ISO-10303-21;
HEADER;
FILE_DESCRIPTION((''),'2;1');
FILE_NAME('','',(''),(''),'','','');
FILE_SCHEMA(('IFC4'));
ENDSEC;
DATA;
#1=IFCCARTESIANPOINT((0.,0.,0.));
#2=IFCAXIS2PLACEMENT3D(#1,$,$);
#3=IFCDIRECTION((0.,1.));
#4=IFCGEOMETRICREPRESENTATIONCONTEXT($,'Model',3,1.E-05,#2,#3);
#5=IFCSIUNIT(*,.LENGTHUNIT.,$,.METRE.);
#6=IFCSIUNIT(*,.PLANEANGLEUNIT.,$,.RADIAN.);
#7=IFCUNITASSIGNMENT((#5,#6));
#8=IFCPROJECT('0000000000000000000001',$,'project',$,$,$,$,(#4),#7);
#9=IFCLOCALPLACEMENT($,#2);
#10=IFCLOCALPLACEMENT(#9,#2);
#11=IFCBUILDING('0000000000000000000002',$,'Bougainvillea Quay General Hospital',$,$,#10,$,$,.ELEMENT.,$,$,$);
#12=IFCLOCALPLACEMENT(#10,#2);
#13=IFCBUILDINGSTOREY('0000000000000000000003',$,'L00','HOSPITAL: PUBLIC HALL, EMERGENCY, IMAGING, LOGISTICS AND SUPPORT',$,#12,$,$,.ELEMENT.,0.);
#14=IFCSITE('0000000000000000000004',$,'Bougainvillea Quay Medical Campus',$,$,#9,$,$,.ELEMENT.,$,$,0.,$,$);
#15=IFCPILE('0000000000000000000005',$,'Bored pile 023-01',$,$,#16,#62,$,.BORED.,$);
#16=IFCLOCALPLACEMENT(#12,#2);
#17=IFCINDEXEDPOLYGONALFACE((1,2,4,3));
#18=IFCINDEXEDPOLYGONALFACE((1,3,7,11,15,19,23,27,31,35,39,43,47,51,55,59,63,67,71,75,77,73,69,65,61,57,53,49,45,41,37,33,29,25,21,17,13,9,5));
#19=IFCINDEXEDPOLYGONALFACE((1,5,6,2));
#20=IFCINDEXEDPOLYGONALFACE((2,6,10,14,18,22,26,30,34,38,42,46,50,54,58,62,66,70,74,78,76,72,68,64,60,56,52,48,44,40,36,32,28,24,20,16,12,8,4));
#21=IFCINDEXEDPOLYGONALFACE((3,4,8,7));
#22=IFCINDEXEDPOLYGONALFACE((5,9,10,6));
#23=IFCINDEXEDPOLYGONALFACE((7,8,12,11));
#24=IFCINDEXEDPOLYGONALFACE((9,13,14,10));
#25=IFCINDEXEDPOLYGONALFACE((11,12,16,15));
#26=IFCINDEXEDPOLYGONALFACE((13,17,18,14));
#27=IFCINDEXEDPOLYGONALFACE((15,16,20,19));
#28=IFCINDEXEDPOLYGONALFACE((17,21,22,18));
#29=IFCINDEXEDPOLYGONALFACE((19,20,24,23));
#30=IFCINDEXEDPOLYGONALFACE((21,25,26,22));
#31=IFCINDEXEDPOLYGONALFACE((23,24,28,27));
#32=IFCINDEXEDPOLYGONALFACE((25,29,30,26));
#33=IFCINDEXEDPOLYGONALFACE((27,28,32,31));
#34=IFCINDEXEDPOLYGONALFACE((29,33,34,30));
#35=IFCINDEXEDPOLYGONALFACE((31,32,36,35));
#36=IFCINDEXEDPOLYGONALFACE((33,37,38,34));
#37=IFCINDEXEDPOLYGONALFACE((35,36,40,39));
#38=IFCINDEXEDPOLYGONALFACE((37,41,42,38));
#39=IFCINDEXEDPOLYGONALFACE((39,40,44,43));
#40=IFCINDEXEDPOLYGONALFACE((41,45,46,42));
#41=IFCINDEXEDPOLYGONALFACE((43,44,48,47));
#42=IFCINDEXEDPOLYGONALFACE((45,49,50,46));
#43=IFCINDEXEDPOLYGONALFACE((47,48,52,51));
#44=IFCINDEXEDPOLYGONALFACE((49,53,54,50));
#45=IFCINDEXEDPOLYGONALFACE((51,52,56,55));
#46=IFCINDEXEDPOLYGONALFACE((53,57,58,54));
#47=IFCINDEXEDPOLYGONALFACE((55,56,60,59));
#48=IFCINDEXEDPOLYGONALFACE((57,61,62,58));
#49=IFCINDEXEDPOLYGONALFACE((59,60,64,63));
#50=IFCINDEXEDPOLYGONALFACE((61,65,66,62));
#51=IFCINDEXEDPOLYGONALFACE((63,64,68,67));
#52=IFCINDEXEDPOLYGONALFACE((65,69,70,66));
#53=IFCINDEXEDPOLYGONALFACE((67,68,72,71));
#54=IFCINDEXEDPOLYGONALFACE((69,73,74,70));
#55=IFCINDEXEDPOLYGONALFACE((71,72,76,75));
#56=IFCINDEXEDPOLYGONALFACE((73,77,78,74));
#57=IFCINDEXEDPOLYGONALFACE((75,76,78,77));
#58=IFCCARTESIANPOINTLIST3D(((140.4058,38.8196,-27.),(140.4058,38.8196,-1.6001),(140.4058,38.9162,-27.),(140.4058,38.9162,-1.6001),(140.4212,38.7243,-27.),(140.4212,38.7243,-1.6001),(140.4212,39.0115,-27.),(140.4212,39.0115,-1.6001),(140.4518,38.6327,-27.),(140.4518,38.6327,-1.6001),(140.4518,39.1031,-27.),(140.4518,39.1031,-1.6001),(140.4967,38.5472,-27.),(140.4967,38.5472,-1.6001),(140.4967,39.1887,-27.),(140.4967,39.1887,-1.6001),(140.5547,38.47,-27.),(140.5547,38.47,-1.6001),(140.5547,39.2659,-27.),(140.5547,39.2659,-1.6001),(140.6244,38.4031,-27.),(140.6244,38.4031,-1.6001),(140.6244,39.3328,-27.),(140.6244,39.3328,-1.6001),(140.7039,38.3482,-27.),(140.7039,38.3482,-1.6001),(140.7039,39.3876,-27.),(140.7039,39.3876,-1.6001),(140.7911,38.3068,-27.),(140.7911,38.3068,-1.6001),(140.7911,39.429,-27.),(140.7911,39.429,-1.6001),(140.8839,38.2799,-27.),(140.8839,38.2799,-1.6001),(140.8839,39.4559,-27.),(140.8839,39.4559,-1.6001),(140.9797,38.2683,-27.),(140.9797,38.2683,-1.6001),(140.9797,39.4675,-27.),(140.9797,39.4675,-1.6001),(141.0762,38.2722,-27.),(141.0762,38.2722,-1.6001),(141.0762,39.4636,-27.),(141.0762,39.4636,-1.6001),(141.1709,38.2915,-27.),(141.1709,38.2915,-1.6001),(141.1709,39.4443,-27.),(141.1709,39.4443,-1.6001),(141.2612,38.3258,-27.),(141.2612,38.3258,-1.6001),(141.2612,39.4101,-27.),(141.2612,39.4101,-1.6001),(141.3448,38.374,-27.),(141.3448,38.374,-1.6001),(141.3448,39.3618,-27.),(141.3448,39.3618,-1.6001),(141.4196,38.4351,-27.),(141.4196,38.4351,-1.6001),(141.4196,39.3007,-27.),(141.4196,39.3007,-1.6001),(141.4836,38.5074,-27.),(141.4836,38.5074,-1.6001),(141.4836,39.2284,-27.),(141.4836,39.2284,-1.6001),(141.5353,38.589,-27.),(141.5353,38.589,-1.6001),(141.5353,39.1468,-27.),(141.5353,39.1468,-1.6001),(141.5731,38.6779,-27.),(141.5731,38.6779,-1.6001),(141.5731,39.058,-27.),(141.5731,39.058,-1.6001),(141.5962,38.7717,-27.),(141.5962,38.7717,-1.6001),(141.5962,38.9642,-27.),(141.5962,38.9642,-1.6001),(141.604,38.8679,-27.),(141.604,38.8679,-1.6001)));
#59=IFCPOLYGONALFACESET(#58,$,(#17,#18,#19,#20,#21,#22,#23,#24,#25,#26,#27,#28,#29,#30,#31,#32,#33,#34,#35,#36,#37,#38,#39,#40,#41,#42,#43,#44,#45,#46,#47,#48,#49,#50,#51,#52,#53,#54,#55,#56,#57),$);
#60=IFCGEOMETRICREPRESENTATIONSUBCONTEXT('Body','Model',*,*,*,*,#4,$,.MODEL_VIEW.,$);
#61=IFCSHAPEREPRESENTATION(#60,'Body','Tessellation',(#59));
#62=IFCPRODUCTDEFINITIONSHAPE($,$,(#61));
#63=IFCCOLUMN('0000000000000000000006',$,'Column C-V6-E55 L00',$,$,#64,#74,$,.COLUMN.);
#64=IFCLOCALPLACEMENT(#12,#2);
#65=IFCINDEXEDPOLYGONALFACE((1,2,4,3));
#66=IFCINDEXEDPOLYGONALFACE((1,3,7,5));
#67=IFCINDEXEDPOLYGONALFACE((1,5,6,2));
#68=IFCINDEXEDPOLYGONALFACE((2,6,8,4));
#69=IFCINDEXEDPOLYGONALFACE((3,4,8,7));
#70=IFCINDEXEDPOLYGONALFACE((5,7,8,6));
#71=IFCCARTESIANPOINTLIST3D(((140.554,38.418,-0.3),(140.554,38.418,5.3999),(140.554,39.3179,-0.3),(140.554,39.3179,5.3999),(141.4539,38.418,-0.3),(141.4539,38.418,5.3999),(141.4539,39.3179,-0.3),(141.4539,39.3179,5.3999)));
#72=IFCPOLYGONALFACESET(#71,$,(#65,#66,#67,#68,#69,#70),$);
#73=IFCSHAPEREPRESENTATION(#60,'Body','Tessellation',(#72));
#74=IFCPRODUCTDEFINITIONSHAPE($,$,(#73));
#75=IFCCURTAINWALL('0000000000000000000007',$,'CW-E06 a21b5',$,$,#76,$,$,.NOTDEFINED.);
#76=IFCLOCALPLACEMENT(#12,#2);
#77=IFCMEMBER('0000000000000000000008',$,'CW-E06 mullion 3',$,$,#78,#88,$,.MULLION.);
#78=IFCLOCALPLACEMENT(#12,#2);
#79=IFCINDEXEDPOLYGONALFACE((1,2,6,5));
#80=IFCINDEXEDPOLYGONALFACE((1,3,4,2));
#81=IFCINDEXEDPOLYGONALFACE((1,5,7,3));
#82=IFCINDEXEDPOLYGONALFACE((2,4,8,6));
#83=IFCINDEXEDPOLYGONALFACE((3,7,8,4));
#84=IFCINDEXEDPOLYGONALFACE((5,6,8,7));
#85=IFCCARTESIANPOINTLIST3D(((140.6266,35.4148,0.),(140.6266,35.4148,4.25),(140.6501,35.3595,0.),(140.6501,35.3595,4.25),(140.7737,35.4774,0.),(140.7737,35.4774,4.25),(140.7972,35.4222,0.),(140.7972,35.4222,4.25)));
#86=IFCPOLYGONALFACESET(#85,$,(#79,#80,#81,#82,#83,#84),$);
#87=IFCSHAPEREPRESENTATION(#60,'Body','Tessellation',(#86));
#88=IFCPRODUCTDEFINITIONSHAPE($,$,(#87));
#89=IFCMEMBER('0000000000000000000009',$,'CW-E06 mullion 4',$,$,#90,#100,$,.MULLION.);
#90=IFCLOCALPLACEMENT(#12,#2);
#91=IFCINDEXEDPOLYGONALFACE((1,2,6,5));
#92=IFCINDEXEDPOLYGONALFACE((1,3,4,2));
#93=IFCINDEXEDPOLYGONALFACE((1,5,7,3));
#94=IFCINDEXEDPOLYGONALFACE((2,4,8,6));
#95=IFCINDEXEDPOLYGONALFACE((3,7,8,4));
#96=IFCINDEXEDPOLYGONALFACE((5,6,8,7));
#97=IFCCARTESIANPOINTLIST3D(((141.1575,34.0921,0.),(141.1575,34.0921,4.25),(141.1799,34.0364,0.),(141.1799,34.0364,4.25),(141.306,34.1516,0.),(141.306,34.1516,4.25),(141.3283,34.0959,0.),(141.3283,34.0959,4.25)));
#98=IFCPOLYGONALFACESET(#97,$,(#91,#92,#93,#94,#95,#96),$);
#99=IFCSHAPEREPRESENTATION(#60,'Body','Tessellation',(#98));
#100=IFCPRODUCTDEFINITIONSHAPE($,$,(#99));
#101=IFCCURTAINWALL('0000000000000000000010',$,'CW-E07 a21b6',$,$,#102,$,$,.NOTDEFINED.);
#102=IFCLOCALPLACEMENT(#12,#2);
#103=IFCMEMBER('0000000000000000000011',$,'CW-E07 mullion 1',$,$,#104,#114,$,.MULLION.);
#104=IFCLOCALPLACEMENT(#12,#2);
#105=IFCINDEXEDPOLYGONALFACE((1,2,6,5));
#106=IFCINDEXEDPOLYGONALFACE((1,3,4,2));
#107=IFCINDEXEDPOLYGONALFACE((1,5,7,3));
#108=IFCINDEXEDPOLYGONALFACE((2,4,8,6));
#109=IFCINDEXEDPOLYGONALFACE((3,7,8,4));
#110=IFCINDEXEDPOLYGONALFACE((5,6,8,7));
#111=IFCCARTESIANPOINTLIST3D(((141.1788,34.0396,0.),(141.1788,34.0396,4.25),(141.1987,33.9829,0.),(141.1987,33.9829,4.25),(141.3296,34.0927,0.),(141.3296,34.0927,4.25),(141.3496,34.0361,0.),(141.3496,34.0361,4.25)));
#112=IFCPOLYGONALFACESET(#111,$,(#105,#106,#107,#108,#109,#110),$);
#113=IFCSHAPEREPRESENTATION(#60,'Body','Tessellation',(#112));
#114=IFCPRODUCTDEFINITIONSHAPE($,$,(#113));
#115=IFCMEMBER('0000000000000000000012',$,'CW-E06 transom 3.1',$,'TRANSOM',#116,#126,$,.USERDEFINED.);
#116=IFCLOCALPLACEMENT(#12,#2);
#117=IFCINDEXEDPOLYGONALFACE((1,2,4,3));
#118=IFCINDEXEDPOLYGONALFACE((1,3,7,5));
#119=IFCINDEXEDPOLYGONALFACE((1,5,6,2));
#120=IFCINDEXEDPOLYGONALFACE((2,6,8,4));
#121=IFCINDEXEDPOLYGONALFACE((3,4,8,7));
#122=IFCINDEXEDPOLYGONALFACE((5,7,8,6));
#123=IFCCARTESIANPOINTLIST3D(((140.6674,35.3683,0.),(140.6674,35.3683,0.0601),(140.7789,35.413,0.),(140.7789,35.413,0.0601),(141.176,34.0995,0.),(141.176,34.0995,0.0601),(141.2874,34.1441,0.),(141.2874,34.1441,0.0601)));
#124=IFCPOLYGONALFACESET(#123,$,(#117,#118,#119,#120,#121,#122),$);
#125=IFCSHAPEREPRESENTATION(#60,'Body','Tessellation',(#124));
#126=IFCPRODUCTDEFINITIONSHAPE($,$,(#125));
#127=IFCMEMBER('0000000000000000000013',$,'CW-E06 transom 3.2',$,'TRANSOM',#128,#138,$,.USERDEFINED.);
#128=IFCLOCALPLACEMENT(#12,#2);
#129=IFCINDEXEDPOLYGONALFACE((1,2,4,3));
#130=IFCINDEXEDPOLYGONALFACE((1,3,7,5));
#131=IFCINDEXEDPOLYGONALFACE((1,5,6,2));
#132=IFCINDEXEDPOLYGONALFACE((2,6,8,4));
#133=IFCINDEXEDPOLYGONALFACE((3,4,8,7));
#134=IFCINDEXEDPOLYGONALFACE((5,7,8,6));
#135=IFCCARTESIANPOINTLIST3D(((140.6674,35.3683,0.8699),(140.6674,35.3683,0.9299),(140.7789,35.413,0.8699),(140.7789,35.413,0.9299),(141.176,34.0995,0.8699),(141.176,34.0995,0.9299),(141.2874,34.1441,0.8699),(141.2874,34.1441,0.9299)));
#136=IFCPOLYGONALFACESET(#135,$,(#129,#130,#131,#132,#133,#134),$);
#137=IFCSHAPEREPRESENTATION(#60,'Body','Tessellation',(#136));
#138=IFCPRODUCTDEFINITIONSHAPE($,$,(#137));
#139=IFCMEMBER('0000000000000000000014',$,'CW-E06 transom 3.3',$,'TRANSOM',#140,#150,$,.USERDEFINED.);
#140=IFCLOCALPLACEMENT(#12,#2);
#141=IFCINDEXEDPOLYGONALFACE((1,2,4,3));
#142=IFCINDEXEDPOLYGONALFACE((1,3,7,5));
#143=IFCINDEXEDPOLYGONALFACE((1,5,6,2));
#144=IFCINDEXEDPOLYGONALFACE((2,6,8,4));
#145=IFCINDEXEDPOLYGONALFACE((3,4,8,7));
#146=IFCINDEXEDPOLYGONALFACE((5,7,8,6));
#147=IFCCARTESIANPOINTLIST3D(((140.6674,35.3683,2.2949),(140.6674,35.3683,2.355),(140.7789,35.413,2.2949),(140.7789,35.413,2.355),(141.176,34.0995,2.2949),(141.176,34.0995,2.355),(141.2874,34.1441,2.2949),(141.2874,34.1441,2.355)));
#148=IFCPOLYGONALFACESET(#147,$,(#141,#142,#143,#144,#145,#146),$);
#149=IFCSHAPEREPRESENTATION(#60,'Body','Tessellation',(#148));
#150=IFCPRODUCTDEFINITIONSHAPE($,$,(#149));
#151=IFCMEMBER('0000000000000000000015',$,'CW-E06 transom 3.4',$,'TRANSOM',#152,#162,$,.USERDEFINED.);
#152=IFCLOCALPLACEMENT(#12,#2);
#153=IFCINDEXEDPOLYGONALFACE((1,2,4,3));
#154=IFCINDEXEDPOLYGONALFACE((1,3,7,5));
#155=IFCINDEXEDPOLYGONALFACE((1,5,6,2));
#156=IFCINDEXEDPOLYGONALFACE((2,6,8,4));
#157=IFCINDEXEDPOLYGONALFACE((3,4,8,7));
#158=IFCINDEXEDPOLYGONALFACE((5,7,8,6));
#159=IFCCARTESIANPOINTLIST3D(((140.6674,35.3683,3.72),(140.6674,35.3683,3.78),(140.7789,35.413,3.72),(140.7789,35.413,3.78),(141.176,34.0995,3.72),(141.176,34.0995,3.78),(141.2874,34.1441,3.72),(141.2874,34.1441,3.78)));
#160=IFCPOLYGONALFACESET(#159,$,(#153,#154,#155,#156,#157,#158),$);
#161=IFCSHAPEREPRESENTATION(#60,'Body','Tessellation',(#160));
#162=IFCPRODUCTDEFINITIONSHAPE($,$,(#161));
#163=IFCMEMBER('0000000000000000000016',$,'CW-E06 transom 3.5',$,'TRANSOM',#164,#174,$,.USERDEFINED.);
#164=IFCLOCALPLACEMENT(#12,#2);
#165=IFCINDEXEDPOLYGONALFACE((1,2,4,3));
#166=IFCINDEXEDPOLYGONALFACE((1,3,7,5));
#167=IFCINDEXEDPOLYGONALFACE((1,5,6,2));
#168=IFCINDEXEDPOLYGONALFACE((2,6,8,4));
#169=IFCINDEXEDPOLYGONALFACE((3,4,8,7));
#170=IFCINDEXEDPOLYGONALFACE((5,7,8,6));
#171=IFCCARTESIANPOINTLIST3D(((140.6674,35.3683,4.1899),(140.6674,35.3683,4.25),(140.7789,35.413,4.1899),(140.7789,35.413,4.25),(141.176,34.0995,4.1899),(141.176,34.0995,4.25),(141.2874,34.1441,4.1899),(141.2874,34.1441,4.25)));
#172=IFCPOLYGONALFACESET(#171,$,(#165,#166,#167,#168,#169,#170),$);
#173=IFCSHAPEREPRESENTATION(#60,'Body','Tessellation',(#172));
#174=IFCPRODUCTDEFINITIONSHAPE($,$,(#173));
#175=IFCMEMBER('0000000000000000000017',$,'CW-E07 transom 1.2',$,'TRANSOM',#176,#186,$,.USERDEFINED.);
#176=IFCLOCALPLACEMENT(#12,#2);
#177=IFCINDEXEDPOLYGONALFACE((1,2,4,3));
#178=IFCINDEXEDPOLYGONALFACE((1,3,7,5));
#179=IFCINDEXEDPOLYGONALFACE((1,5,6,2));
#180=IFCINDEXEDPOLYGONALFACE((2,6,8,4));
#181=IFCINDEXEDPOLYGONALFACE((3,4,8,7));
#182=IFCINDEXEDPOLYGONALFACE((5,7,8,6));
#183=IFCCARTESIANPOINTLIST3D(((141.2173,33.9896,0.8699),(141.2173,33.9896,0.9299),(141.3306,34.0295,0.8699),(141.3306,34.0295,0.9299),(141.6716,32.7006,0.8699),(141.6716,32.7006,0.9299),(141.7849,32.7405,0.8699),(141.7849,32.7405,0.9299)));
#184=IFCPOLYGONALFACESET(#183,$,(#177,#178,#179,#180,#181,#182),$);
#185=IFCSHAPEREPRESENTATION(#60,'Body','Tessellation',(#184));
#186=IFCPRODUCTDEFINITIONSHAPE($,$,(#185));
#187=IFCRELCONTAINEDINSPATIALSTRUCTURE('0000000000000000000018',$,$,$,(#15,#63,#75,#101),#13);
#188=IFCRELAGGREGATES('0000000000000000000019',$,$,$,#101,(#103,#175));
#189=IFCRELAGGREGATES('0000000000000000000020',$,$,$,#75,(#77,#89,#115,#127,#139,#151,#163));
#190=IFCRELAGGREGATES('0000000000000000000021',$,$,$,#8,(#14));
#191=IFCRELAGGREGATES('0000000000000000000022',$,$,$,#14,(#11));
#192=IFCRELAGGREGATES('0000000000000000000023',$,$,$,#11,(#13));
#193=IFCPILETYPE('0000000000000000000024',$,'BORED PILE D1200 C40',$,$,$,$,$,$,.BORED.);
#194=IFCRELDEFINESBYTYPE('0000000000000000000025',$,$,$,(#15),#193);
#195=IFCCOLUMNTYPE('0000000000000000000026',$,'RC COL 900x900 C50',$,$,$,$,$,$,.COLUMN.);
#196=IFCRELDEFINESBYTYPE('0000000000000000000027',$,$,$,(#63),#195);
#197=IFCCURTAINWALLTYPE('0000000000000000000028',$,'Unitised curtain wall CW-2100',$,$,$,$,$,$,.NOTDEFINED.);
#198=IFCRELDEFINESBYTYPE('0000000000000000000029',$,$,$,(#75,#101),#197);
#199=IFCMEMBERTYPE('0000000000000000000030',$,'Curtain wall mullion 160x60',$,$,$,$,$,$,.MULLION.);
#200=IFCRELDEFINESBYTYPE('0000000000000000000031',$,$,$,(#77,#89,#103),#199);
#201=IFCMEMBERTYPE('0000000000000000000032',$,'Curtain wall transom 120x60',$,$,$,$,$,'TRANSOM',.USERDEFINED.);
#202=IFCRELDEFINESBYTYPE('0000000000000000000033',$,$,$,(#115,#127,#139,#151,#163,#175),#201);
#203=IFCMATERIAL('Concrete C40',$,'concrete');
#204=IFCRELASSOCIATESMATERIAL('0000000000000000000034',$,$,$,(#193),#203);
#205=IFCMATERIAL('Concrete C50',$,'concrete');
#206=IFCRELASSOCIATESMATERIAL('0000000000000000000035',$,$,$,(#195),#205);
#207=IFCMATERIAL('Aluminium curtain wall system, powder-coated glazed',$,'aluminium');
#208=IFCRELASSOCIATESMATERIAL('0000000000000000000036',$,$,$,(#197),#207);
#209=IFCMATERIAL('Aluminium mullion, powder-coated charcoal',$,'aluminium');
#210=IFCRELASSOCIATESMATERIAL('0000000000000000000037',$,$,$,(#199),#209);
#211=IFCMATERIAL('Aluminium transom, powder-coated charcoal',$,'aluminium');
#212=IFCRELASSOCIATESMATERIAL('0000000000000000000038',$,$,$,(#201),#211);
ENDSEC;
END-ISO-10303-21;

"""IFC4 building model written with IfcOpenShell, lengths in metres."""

from ifc_helpers import new_model, si_unit, direction, frame, origin, origin_2d, place, context, subcontext, project, spatial, rectangle, circle, extrude, material, material_profile, profile_set, type_object, element, aggregate, save


model = new_model("IFC4")

# Units and contexts
model_context = context("Model", 3, precision=1e-05, world=origin(), true_north=direction((0.0, 1.0)))
body_context = subcontext(model_context, "Body", "Model", "MODEL_VIEW")
ifc_project = project(units=[si_unit("LENGTHUNIT", "METRE"), si_unit("PLANEANGLEUNIT", "RADIAN")], contexts=[model_context])

# Site, building, storey
site_placement = place(None, origin())
site = spatial("IfcSite", under=ifc_project, at=site_placement, Name="Bougainvillea Quay Medical Campus", CompositionType="ELEMENT", RefElevation=0.0)
building_placement = place(site_placement, origin())
building = spatial("IfcBuilding", under=site, at=building_placement, Name="Bougainvillea Quay General Hospital", CompositionType="ELEMENT")
storey_placement = place(building_placement, origin())
storey = spatial("IfcBuildingStorey", under=building, at=storey_placement, Name="L00", Description="HOSPITAL: PUBLIC HALL, EMERGENCY, IMAGING, LOGISTICS AND SUPPORT", CompositionType="ELEMENT", Elevation=0.0)

# Pile
ifc_material_1 = material(Name="Concrete C40", Category="concrete")
ifc_material_profile_1 = material_profile(ifc_material_1, circle(Radius=0.6001, at=origin_2d()))
ifc_profile_set_1 = profile_set([ifc_material_profile_1], Name="Concrete C40")
pile_type = type_object("IfcPileType", Name="BORED PILE D1200 C40", PredefinedType="BORED", material=ifc_profile_set_1)
pile_placement = place(storey_placement, frame((141.0039, 38.8679, -1.6001), z_axis=(0.0, 0.0, -1.0), x_axis=(1.0, 0.0, 0.0)))
element("IfcPile", 1, at=pile_placement, inside=storey, type_object=pile_type, Name="Bored pile 023-01", PredefinedType="BORED", context=body_context, shape_type="SweptSolid", body=[
    extrude(circle(Radius=0.6001, at=origin_2d()), origin(), (0.0, 0.0, 1.0), 25.3999),
])

# Column
ifc_material_2 = material(Name="Concrete C50", Category="concrete")
ifc_material_profile_2 = material_profile(ifc_material_2, rectangle(XDim=0.8999, YDim=0.8999, at=origin_2d()))
ifc_profile_set_2 = profile_set([ifc_material_profile_2], Name="Concrete C50")
column_type = type_object("IfcColumnType", Name="RC COL 900x900 C50", PredefinedType="COLUMN", material=ifc_profile_set_2)
column_placement = place(storey_placement, frame((141.0039, 38.8679, -0.3), z_axis=(0.0, 0.0, 1.0), x_axis=(1.0, 0.0, 0.0)))
element("IfcColumn", 2, at=column_placement, inside=storey, type_object=column_type, Name="Column C-V6-E55 L00", PredefinedType="COLUMN", context=body_context, shape_type="SweptSolid", body=[
    extrude(rectangle(XDim=0.8999, YDim=0.8999, at=origin_2d()), origin(), (0.0, 0.0, 1.0), 5.7),
])

# Curtain wall, members
ifc_material_3 = material(Name="Aluminium curtain wall system, powder-coated glazed", Category="aluminium")
curtain_wall_type = type_object("IfcCurtainWallType", Name="Unitised curtain wall CW-2100", PredefinedType="NOTDEFINED", material=ifc_material_3)
curtain_wall_1_placement = place(storey_placement, origin())
curtain_wall_1 = element("IfcCurtainWall", 3, at=curtain_wall_1_placement, inside=storey, type_object=curtain_wall_type, Name="CW-E06 a21b5", PredefinedType="NOTDEFINED")
ifc_material_4 = material(Name="Aluminium mullion, powder-coated charcoal", Category="aluminium")
ifc_material_profile_3 = material_profile(ifc_material_4, rectangle(XDim=0.1599, YDim=0.0601, at=origin_2d()))
ifc_profile_set_3 = profile_set([ifc_material_profile_3], Name="Aluminium mullion, powder-coated charcoal")
member_type_1 = type_object("IfcMemberType", Name="Curtain wall mullion 160x60", PredefinedType="MULLION", material=ifc_profile_set_3)
member_1_placement = place(storey_placement, frame((140.7119, 35.4185, 0.0), z_axis=(0.0, 0.0, 1.0), x_axis=(0.920059, 0.391781, 0.0)))
member_1 = element("IfcMember", 4, at=member_1_placement, type_object=member_type_1, Name="CW-E06 mullion 3", PredefinedType="MULLION", context=body_context, shape_type="SweptSolid", body=[
    extrude(rectangle(XDim=0.1599, YDim=0.0601, at=origin_2d()), origin(), (0.0, 0.0, 1.0), 4.25),
])
member_2_placement = place(storey_placement, frame((141.2429, 34.094, 0.0), z_axis=(0.0, 0.0, 1.0), x_axis=(0.928183, 0.372124, 0.0)))
member_2 = element("IfcMember", 5, at=member_2_placement, type_object=member_type_1, Name="CW-E06 mullion 4", PredefinedType="MULLION", context=body_context, shape_type="SweptSolid", body=[
    extrude(rectangle(XDim=0.1599, YDim=0.0601, at=origin_2d()), origin(), (0.0, 0.0, 1.0), 4.25),
])

# Curtain wall, member
curtain_wall_2_placement = place(storey_placement, origin())
curtain_wall_2 = element("IfcCurtainWall", 6, at=curtain_wall_2_placement, inside=storey, type_object=curtain_wall_type, Name="CW-E07 a21b6", PredefinedType="NOTDEFINED")
member_3_placement = place(storey_placement, frame((141.2642, 34.0378, 0.0), z_axis=(0.0, 0.0, 1.0), x_axis=(0.943169, 0.332315, 0.0)))
member_3 = element("IfcMember", 7, at=member_3_placement, type_object=member_type_1, Name="CW-E07 mullion 1", PredefinedType="MULLION", context=body_context, shape_type="SweptSolid", body=[
    extrude(rectangle(XDim=0.1599, YDim=0.0601, at=origin_2d()), origin(), (0.0, 0.0, 1.0), 4.25),
])

# Members
ifc_material_5 = material(Name="Aluminium transom, powder-coated charcoal", Category="aluminium")
ifc_material_profile_4 = material_profile(ifc_material_5, rectangle(XDim=0.1201, YDim=0.0601, at=origin_2d()))
ifc_profile_set_4 = profile_set([ifc_material_profile_4], Name="Aluminium transom, powder-coated charcoal")
member_type_2 = type_object("IfcMemberType", Name="Curtain wall transom 120x60", ElementType="TRANSOM", PredefinedType="USERDEFINED", material=ifc_profile_set_4)
member_4_placement = place(storey_placement, frame((140.7231, 35.3906, 0.03), z_axis=(0.372037, -0.928218, 0.0), x_axis=(0.928218, 0.372037, 0.0)))
member_4 = element("IfcMember", 8, at=member_4_placement, type_object=member_type_2, Name="CW-E06 transom 3.1", ObjectType="TRANSOM", PredefinedType="USERDEFINED", context=body_context, shape_type="SweptSolid", body=[
    extrude(rectangle(XDim=0.1201, YDim=0.0601, at=origin_2d()), origin(), (0.0, 0.0, 1.0), 1.3669),
])
member_5_placement = place(storey_placement, frame((140.7231, 35.3906, 0.8999), z_axis=(0.372037, -0.928218, 0.0), x_axis=(0.928218, 0.372037, 0.0)))
member_5 = element("IfcMember", 9, at=member_5_placement, type_object=member_type_2, Name="CW-E06 transom 3.2", ObjectType="TRANSOM", PredefinedType="USERDEFINED", context=body_context, shape_type="SweptSolid", body=[
    extrude(rectangle(XDim=0.1201, YDim=0.0601, at=origin_2d()), origin(), (0.0, 0.0, 1.0), 1.3669),
])
member_6_placement = place(storey_placement, frame((140.7231, 35.3906, 2.325), z_axis=(0.372037, -0.928218, 0.0), x_axis=(0.928218, 0.372037, 0.0)))
member_6 = element("IfcMember", 10, at=member_6_placement, type_object=member_type_2, Name="CW-E06 transom 3.3", ObjectType="TRANSOM", PredefinedType="USERDEFINED", context=body_context, shape_type="SweptSolid", body=[
    extrude(rectangle(XDim=0.1201, YDim=0.0601, at=origin_2d()), origin(), (0.0, 0.0, 1.0), 1.3669),
])
member_7_placement = place(storey_placement, frame((140.7231, 35.3906, 3.75), z_axis=(0.372037, -0.928218, 0.0), x_axis=(0.928218, 0.372037, 0.0)))
member_7 = element("IfcMember", 11, at=member_7_placement, type_object=member_type_2, Name="CW-E06 transom 3.4", ObjectType="TRANSOM", PredefinedType="USERDEFINED", context=body_context, shape_type="SweptSolid", body=[
    extrude(rectangle(XDim=0.1201, YDim=0.0601, at=origin_2d()), origin(), (0.0, 0.0, 1.0), 1.3669),
])
member_8_placement = place(storey_placement, frame((140.7231, 35.3906, 4.22), z_axis=(0.372037, -0.928218, 0.0), x_axis=(0.928218, 0.372037, 0.0)))
member_8 = element("IfcMember", 12, at=member_8_placement, type_object=member_type_2, Name="CW-E06 transom 3.5", ObjectType="TRANSOM", PredefinedType="USERDEFINED", context=body_context, shape_type="SweptSolid", body=[
    extrude(rectangle(XDim=0.1201, YDim=0.0601, at=origin_2d()), origin(), (0.0, 0.0, 1.0), 1.3669),
])
member_9_placement = place(storey_placement, frame((141.2739, 34.0095, 0.8999), z_axis=(0.332418, -0.943132, 0.0), x_axis=(0.943132, 0.332418, 0.0)))
member_9 = element("IfcMember", 13, at=member_9_placement, type_object=member_type_2, Name="CW-E07 transom 1.2", ObjectType="TRANSOM", PredefinedType="USERDEFINED", context=body_context, shape_type="SweptSolid", body=[
    extrude(rectangle(XDim=0.1201, YDim=0.0601, at=origin_2d()), origin(), (0.0, 0.0, 1.0), 1.3667),
])
aggregate(curtain_wall_2, [member_3, member_9])

aggregate(curtain_wall_1, [member_1, member_2, member_4, member_5, member_6, member_7, member_8])

save(model, "model.ifc")
